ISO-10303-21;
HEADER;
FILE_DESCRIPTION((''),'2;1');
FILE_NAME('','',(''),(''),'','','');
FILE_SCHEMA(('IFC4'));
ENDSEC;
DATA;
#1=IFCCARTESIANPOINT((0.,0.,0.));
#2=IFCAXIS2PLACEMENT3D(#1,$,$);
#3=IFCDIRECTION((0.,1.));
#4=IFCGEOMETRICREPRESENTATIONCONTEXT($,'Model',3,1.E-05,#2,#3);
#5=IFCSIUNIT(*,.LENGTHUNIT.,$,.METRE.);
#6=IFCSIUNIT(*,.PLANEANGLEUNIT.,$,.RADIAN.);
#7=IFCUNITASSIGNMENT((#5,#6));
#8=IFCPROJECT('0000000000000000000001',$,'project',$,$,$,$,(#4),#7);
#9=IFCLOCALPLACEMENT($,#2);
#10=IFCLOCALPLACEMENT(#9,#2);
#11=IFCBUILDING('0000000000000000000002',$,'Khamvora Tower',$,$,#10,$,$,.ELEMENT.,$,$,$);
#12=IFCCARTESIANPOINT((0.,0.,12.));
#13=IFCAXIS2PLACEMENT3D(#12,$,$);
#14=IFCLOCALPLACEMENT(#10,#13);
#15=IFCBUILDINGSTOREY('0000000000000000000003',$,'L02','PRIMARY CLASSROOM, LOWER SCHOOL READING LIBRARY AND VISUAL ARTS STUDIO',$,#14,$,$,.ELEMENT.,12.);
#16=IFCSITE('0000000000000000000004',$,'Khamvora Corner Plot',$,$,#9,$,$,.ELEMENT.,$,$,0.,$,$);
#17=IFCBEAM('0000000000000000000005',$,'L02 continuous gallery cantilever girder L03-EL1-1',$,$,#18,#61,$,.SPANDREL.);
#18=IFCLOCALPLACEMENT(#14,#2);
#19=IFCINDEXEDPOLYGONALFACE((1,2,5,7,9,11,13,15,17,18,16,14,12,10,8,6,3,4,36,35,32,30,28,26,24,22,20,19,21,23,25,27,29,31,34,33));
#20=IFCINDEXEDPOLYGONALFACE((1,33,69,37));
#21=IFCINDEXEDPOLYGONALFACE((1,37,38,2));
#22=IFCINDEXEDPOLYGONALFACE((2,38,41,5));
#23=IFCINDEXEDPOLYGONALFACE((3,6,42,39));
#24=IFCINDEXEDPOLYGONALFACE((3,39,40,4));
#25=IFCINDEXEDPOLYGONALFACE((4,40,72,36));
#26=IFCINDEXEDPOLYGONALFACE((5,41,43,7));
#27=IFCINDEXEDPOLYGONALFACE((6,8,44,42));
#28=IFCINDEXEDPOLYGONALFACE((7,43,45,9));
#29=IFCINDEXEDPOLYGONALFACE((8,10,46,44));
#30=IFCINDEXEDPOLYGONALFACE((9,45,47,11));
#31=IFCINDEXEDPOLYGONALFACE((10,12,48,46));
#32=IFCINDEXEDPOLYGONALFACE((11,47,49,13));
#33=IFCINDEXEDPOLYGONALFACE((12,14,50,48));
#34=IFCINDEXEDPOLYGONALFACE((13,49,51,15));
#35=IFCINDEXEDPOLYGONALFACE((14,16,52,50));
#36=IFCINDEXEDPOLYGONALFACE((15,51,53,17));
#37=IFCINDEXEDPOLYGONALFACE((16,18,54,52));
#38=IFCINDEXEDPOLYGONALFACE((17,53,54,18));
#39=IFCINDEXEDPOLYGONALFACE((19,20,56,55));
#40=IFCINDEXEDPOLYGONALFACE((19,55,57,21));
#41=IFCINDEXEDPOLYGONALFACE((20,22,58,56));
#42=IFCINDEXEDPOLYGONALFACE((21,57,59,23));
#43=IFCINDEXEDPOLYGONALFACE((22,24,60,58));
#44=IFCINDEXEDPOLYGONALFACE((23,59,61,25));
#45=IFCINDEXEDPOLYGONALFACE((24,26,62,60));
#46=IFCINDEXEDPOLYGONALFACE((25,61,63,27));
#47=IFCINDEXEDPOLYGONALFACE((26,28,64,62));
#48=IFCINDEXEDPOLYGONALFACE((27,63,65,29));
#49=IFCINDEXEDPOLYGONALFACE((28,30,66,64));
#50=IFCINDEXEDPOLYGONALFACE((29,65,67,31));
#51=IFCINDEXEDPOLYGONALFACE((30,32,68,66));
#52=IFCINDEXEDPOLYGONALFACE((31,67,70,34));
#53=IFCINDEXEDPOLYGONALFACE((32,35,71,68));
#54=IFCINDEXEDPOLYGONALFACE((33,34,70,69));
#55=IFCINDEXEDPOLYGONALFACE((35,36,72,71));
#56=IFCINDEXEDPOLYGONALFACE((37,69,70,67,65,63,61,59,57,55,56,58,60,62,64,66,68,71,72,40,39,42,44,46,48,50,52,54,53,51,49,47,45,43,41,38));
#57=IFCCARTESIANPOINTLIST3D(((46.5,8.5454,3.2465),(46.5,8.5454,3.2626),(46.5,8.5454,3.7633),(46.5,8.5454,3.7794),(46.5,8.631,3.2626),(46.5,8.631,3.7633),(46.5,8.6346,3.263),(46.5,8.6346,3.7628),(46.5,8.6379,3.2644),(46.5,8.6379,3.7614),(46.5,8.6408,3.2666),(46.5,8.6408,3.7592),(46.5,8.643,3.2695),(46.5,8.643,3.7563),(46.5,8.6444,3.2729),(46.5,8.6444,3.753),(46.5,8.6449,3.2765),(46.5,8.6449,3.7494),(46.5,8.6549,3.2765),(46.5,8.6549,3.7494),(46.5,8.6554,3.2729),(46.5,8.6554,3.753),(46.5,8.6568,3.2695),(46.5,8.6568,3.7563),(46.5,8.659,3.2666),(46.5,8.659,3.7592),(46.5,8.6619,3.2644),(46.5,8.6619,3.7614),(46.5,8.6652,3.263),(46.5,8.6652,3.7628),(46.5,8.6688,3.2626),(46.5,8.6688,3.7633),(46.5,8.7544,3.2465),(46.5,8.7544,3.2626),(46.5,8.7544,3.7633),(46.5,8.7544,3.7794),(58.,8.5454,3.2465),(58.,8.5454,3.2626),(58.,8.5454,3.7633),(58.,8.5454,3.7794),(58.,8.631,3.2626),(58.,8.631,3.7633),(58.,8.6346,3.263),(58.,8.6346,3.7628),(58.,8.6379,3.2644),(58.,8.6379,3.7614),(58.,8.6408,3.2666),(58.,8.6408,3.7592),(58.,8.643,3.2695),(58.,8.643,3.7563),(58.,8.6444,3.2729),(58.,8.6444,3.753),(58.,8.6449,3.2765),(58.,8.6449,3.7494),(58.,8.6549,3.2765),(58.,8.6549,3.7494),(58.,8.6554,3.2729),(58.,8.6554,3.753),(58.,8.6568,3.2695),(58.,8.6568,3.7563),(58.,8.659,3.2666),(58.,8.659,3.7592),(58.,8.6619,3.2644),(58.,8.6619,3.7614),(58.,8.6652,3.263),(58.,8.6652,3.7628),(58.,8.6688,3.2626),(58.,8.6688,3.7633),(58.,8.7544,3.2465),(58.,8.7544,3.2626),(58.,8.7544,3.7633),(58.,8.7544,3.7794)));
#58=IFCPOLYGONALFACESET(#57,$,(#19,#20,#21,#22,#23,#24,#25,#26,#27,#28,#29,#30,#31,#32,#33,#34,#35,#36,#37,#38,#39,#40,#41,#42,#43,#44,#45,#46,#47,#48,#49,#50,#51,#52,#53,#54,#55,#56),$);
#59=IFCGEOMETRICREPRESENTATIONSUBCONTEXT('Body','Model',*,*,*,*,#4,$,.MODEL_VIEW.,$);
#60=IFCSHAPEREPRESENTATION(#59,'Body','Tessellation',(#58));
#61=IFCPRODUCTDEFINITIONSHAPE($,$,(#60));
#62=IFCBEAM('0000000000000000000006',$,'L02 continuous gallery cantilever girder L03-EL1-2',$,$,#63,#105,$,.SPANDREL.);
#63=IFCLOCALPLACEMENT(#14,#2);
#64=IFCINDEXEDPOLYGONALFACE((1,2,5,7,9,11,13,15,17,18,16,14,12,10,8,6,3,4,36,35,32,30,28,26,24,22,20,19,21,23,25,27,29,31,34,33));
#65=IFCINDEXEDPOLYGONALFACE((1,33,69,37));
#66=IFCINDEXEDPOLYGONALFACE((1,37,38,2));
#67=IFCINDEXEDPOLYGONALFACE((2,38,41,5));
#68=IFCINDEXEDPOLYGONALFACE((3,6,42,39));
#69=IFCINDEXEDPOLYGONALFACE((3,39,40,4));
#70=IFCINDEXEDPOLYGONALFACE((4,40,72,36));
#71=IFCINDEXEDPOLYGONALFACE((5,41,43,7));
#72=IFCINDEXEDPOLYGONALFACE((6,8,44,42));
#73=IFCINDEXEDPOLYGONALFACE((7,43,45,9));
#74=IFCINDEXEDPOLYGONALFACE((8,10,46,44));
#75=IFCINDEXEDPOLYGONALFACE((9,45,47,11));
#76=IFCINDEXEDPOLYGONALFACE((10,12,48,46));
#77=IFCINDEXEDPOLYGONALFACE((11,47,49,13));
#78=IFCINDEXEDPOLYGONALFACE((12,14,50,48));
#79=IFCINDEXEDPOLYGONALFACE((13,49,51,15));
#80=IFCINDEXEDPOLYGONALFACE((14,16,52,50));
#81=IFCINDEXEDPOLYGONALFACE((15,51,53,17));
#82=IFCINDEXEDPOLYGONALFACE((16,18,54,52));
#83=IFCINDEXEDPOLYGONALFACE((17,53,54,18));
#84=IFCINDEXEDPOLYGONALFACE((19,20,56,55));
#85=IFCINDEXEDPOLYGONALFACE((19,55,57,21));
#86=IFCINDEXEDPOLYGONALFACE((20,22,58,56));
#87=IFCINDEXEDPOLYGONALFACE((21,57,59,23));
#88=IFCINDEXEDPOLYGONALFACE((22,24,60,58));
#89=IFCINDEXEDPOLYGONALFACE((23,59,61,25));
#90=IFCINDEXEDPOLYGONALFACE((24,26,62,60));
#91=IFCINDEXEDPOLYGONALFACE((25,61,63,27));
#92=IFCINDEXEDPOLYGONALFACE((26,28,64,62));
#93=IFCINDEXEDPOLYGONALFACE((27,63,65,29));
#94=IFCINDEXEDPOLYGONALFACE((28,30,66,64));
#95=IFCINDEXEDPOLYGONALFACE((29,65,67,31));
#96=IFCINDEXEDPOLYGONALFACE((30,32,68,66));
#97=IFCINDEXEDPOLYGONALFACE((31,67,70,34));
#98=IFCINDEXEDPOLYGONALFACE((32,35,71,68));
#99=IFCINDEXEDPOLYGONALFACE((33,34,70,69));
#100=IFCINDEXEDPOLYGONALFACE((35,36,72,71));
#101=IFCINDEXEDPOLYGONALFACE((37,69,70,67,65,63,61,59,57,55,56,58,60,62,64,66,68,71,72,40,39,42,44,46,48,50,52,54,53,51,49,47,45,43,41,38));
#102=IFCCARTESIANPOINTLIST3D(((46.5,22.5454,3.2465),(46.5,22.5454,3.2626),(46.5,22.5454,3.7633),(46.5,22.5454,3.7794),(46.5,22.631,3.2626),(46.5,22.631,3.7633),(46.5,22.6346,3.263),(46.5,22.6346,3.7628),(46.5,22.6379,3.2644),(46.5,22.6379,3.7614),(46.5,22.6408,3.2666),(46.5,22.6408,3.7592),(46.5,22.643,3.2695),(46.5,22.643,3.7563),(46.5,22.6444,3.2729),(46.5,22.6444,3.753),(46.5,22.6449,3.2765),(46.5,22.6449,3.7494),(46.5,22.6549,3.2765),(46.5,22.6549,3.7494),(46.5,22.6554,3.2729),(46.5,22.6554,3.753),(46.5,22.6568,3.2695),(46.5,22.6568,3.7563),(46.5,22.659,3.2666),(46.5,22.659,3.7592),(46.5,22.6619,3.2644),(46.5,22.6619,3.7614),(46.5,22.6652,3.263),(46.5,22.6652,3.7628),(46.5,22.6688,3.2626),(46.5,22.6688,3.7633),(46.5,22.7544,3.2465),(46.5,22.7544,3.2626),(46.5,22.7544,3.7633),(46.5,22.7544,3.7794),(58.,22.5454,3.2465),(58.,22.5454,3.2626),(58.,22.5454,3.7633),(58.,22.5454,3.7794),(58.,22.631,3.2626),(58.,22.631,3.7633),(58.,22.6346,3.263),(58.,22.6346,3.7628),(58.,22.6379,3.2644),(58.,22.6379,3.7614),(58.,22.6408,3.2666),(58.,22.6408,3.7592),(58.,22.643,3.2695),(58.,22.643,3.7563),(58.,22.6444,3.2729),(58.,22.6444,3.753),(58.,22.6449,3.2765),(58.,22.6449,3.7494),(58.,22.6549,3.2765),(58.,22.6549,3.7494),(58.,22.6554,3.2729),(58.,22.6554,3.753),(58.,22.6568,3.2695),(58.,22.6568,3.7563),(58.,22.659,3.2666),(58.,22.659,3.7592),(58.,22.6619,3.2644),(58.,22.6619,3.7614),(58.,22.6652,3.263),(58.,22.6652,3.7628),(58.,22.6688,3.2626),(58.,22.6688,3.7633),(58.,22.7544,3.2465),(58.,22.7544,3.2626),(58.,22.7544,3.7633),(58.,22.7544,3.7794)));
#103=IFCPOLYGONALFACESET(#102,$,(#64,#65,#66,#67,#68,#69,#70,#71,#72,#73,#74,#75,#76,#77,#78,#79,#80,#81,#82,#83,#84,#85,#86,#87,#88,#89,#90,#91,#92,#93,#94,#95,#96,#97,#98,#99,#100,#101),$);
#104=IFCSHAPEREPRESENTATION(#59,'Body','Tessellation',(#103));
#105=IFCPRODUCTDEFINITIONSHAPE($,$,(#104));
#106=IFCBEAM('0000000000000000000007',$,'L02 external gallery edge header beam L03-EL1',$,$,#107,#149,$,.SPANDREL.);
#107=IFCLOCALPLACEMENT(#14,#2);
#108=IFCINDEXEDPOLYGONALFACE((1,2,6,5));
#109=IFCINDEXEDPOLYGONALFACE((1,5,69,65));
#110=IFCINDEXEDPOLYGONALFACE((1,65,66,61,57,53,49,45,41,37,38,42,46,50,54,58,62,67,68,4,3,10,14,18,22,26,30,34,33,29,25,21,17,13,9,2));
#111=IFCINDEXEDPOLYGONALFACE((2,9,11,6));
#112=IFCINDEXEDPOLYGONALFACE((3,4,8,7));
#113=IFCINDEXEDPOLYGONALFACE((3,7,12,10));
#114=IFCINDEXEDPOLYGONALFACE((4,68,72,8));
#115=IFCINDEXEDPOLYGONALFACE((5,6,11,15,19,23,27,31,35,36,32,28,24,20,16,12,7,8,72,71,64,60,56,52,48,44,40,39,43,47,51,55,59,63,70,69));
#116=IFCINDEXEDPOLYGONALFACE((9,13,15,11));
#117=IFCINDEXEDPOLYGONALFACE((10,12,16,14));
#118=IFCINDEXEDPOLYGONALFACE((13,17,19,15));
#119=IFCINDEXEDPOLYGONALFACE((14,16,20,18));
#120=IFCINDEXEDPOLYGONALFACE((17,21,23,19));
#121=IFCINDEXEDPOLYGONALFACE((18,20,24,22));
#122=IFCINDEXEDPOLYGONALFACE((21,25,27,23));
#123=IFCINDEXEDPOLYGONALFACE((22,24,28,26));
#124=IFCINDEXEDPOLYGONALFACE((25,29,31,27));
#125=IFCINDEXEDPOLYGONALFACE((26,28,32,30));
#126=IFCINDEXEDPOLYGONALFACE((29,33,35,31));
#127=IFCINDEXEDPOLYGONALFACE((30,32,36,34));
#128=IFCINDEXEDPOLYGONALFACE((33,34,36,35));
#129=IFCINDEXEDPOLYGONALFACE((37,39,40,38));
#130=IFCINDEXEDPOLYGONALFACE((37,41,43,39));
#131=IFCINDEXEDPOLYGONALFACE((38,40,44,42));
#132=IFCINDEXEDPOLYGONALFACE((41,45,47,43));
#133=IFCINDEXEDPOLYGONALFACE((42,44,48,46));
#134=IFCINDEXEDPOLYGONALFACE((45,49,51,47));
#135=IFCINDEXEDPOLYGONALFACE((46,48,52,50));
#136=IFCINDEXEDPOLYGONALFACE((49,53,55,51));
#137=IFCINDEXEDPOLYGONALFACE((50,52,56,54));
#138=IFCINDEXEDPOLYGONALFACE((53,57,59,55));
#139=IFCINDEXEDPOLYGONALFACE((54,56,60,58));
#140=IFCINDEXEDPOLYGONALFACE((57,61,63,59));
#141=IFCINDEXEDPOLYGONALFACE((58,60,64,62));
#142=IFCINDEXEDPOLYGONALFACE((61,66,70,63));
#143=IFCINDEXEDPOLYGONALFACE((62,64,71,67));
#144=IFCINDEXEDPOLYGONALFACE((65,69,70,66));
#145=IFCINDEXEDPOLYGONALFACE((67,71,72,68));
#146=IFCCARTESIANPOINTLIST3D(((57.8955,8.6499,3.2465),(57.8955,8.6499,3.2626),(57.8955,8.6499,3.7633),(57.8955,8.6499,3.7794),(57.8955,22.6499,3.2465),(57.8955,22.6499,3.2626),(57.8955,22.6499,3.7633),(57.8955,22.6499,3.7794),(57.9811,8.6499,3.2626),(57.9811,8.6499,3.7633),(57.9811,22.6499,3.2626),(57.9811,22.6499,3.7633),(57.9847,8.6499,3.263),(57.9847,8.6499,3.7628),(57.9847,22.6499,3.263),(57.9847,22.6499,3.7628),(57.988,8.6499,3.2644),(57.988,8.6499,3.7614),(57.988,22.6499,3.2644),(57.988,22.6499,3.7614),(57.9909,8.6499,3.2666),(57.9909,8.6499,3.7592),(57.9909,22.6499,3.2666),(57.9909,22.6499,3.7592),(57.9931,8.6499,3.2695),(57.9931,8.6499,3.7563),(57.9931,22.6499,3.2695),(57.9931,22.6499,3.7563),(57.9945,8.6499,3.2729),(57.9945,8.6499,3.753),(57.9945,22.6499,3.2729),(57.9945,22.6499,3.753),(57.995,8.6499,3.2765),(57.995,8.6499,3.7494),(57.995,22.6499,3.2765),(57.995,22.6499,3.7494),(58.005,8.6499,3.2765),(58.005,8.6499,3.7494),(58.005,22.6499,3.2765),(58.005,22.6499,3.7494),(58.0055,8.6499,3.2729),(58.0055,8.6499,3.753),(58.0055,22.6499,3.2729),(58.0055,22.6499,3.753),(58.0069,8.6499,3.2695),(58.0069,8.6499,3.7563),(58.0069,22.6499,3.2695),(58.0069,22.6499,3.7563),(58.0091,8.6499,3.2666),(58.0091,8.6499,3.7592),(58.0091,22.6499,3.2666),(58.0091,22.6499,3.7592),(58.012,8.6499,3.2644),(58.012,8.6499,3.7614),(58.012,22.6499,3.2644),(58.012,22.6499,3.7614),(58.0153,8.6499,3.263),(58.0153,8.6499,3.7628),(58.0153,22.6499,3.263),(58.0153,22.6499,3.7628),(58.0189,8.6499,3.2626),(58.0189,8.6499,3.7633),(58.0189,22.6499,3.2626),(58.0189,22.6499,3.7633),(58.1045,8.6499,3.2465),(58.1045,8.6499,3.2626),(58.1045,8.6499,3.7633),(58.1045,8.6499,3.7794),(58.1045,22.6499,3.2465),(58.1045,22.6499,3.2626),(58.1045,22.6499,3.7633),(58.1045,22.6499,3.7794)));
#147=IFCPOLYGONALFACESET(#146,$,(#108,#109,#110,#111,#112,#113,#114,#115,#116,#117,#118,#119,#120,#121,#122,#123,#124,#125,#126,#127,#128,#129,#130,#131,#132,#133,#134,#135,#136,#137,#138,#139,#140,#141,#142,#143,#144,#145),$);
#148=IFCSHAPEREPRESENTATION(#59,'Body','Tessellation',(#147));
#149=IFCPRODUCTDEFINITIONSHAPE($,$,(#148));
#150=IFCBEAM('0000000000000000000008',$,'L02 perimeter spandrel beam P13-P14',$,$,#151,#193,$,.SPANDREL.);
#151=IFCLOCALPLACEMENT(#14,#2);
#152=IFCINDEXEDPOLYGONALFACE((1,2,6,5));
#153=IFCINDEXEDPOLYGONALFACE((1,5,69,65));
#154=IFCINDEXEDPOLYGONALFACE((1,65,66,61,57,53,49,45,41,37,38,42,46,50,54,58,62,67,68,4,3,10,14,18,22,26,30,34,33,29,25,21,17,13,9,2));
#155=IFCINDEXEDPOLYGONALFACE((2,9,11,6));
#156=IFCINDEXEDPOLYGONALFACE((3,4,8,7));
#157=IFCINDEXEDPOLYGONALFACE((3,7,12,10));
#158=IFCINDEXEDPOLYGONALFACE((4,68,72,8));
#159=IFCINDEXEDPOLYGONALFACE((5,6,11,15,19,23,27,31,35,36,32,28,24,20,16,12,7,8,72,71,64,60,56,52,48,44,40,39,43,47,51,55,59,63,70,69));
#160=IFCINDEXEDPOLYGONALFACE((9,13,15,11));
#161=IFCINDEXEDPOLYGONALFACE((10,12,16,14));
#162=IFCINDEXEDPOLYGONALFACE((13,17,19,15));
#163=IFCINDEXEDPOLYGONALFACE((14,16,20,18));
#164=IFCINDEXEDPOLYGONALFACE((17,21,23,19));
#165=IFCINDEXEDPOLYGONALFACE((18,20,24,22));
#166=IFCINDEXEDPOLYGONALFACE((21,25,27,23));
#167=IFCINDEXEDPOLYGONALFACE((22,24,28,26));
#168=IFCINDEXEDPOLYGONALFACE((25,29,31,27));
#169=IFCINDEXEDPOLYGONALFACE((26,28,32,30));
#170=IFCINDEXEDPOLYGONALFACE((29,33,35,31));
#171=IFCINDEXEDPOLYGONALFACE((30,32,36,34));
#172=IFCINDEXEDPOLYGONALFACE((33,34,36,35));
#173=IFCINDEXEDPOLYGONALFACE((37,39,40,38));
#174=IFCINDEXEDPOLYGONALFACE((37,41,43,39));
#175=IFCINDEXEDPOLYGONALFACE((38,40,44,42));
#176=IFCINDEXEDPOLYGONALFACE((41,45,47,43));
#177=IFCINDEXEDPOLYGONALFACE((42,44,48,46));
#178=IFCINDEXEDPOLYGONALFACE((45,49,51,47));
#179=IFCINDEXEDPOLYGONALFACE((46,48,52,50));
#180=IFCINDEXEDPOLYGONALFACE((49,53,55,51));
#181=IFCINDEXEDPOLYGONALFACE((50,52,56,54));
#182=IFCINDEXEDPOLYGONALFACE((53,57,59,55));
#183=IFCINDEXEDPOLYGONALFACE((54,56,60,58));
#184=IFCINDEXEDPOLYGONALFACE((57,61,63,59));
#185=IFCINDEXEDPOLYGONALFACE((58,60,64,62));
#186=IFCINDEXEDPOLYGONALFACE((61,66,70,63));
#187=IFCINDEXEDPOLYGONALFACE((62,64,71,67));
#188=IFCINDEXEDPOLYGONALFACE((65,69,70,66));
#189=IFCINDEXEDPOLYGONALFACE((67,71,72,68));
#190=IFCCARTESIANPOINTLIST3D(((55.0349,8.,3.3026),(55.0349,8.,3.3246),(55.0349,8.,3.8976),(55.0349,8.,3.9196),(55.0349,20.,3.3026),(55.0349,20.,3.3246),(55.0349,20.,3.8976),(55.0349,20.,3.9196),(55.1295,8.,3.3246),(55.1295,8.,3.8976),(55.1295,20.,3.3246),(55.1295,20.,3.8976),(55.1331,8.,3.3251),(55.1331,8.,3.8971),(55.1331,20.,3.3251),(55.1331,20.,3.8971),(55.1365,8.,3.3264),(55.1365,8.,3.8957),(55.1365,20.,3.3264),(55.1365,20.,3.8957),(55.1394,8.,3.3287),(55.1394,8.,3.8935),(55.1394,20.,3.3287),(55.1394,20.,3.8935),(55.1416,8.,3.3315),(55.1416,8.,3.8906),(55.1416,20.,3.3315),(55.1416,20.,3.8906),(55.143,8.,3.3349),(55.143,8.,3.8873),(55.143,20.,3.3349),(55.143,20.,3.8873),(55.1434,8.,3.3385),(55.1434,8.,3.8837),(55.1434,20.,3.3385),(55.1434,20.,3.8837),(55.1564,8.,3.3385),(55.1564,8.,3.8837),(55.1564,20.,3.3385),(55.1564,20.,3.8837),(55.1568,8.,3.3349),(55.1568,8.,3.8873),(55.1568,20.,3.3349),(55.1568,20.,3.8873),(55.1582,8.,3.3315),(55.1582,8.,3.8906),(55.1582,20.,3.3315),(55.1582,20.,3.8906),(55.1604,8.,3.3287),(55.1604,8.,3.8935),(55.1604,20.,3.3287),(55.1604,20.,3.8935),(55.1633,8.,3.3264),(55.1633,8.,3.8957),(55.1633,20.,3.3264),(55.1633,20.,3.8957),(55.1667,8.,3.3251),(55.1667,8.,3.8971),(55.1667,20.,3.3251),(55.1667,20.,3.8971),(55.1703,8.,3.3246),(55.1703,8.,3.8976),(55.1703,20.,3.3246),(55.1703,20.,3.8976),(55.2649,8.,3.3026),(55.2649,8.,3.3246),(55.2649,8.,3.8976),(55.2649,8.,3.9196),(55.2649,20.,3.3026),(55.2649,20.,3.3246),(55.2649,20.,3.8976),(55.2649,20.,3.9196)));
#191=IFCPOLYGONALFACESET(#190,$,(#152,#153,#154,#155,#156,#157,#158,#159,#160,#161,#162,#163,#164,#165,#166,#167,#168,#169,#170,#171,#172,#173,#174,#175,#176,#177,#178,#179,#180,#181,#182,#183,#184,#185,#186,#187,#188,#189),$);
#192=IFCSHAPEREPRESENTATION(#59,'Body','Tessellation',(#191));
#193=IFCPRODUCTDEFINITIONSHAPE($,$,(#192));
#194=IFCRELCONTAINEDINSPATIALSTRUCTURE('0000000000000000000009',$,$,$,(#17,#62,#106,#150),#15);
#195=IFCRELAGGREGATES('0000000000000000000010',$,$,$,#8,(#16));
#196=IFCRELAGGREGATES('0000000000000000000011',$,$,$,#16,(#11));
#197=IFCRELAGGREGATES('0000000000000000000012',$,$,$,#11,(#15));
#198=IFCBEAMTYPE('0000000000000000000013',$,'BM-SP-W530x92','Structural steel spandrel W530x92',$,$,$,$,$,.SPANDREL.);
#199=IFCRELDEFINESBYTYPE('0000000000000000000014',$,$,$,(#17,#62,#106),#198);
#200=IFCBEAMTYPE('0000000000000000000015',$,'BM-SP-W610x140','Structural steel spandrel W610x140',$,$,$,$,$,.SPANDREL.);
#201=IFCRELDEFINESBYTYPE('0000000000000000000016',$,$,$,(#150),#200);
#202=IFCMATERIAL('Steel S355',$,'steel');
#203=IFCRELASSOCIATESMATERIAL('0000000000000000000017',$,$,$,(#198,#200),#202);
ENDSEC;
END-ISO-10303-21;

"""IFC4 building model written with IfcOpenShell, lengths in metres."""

from ifc_helpers import new_model, si_unit, direction, frame, origin, origin_2d, place, context, subcontext, project, spatial, i_section, extrude, material, material_profile, profile_set, type_object, element, save


model = new_model("IFC4")

# Units and contexts
model_context = context("Model", 3, precision=1e-05, world=origin(), true_north=direction((0.0, 1.0)))
body_context = subcontext(model_context, "Body", "Model", "MODEL_VIEW")
ifc_project = project(units=[si_unit("LENGTHUNIT", "METRE"), si_unit("PLANEANGLEUNIT", "RADIAN")], contexts=[model_context])

# Site, building, storey
site_placement = place(None, origin())
site = spatial("IfcSite", under=ifc_project, at=site_placement, Name="Khamvora Corner Plot", CompositionType="ELEMENT", RefElevation=0.0)
building_placement = place(site_placement, origin())
building = spatial("IfcBuilding", under=site, at=building_placement, Name="Khamvora Tower", CompositionType="ELEMENT")
storey_placement = place(building_placement, frame((0.0, 0.0, 12.0)))
storey = spatial("IfcBuildingStorey", under=building, at=storey_placement, Name="L02", Description="PRIMARY CLASSROOM, LOWER SCHOOL READING LIBRARY AND VISUAL ARTS STUDIO", CompositionType="ELEMENT", Elevation=12.0)

# Beams
ifc_material_1 = material(Name="Steel S355", Category="steel")
ifc_material_profile_1 = material_profile(ifc_material_1, i_section(OverallWidth=0.209, OverallDepth=0.533, WebThickness=0.01, FlangeThickness=0.0161, FilletRadius=0.0139, at=origin_2d()), Name="W530x92")
ifc_profile_set_1 = profile_set([ifc_material_profile_1], Name="Steel S355")
beam_type_1 = type_object("IfcBeamType", Name="BM-SP-W530x92", Description="Structural steel spandrel W530x92", PredefinedType="SPANDREL", material=ifc_profile_set_1)
for number, where, z_axis, x_axis, name in (
    (1, (46.5, 8.6499, 3.5129), (1.0, 0.0, 0.0), (0.0, 1.0, 0.0), "L02 continuous gallery cantilever girder L03-EL1-1"),
    (2, (46.5, 22.6499, 3.5129), (1.0, 0.0, 0.0), (0.0, 1.0, 0.0), "L02 continuous gallery cantilever girder L03-EL1-2"),
):
    element("IfcBeam", number, at=place(storey_placement, frame(where, z_axis=z_axis, x_axis=x_axis)), inside=storey, type_object=beam_type_1, Name=name, PredefinedType="SPANDREL", context=body_context, shape_type="SweptSolid", body=[
        extrude(i_section(OverallWidth=0.209, OverallDepth=0.533, WebThickness=0.01, FlangeThickness=0.0161, FilletRadius=0.0139, at=origin_2d()), origin(), (0.0, 0.0, 1.0), 11.5),
    ])
beam_1_placement = place(storey_placement, frame((58.0, 8.6499, 3.5129), z_axis=(0.0, 1.0, 0.0), x_axis=(-1.0, 0.0, 0.0)))
element("IfcBeam", 3, at=beam_1_placement, inside=storey, type_object=beam_type_1, Name="L02 external gallery edge header beam L03-EL1", PredefinedType="SPANDREL", context=body_context, shape_type="SweptSolid", body=[
    extrude(i_section(OverallWidth=0.209, OverallDepth=0.533, WebThickness=0.01, FlangeThickness=0.0161, FilletRadius=0.0139, at=origin_2d()), origin(), (0.0, 0.0, 1.0), 14.0),
])
ifc_material_profile_2 = material_profile(ifc_material_1, i_section(OverallWidth=0.23, OverallDepth=0.6169, WebThickness=0.0129, FlangeThickness=0.022, FilletRadius=0.0139, at=origin_2d()), Name="W610x140")
ifc_profile_set_2 = profile_set([ifc_material_profile_2], Name="Steel S355")
beam_type_2 = type_object("IfcBeamType", Name="BM-SP-W610x140", Description="Structural steel spandrel W610x140", PredefinedType="SPANDREL", material=ifc_profile_set_2)
beam_2_placement = place(storey_placement, frame((55.1499, 8.0, 3.6111), z_axis=(0.0, 1.0, 0.0), x_axis=(-1.0, 0.0, 0.0)))
element("IfcBeam", 4, at=beam_2_placement, inside=storey, type_object=beam_type_2, Name="L02 perimeter spandrel beam P13-P14", PredefinedType="SPANDREL", context=body_context, shape_type="SweptSolid", body=[
    extrude(i_section(OverallWidth=0.23, OverallDepth=0.6169, WebThickness=0.0129, FlangeThickness=0.022, FilletRadius=0.0139, at=origin_2d()), origin(), (0.0, 0.0, 1.0), 12.0),
])

save(model, "model.ifc")
